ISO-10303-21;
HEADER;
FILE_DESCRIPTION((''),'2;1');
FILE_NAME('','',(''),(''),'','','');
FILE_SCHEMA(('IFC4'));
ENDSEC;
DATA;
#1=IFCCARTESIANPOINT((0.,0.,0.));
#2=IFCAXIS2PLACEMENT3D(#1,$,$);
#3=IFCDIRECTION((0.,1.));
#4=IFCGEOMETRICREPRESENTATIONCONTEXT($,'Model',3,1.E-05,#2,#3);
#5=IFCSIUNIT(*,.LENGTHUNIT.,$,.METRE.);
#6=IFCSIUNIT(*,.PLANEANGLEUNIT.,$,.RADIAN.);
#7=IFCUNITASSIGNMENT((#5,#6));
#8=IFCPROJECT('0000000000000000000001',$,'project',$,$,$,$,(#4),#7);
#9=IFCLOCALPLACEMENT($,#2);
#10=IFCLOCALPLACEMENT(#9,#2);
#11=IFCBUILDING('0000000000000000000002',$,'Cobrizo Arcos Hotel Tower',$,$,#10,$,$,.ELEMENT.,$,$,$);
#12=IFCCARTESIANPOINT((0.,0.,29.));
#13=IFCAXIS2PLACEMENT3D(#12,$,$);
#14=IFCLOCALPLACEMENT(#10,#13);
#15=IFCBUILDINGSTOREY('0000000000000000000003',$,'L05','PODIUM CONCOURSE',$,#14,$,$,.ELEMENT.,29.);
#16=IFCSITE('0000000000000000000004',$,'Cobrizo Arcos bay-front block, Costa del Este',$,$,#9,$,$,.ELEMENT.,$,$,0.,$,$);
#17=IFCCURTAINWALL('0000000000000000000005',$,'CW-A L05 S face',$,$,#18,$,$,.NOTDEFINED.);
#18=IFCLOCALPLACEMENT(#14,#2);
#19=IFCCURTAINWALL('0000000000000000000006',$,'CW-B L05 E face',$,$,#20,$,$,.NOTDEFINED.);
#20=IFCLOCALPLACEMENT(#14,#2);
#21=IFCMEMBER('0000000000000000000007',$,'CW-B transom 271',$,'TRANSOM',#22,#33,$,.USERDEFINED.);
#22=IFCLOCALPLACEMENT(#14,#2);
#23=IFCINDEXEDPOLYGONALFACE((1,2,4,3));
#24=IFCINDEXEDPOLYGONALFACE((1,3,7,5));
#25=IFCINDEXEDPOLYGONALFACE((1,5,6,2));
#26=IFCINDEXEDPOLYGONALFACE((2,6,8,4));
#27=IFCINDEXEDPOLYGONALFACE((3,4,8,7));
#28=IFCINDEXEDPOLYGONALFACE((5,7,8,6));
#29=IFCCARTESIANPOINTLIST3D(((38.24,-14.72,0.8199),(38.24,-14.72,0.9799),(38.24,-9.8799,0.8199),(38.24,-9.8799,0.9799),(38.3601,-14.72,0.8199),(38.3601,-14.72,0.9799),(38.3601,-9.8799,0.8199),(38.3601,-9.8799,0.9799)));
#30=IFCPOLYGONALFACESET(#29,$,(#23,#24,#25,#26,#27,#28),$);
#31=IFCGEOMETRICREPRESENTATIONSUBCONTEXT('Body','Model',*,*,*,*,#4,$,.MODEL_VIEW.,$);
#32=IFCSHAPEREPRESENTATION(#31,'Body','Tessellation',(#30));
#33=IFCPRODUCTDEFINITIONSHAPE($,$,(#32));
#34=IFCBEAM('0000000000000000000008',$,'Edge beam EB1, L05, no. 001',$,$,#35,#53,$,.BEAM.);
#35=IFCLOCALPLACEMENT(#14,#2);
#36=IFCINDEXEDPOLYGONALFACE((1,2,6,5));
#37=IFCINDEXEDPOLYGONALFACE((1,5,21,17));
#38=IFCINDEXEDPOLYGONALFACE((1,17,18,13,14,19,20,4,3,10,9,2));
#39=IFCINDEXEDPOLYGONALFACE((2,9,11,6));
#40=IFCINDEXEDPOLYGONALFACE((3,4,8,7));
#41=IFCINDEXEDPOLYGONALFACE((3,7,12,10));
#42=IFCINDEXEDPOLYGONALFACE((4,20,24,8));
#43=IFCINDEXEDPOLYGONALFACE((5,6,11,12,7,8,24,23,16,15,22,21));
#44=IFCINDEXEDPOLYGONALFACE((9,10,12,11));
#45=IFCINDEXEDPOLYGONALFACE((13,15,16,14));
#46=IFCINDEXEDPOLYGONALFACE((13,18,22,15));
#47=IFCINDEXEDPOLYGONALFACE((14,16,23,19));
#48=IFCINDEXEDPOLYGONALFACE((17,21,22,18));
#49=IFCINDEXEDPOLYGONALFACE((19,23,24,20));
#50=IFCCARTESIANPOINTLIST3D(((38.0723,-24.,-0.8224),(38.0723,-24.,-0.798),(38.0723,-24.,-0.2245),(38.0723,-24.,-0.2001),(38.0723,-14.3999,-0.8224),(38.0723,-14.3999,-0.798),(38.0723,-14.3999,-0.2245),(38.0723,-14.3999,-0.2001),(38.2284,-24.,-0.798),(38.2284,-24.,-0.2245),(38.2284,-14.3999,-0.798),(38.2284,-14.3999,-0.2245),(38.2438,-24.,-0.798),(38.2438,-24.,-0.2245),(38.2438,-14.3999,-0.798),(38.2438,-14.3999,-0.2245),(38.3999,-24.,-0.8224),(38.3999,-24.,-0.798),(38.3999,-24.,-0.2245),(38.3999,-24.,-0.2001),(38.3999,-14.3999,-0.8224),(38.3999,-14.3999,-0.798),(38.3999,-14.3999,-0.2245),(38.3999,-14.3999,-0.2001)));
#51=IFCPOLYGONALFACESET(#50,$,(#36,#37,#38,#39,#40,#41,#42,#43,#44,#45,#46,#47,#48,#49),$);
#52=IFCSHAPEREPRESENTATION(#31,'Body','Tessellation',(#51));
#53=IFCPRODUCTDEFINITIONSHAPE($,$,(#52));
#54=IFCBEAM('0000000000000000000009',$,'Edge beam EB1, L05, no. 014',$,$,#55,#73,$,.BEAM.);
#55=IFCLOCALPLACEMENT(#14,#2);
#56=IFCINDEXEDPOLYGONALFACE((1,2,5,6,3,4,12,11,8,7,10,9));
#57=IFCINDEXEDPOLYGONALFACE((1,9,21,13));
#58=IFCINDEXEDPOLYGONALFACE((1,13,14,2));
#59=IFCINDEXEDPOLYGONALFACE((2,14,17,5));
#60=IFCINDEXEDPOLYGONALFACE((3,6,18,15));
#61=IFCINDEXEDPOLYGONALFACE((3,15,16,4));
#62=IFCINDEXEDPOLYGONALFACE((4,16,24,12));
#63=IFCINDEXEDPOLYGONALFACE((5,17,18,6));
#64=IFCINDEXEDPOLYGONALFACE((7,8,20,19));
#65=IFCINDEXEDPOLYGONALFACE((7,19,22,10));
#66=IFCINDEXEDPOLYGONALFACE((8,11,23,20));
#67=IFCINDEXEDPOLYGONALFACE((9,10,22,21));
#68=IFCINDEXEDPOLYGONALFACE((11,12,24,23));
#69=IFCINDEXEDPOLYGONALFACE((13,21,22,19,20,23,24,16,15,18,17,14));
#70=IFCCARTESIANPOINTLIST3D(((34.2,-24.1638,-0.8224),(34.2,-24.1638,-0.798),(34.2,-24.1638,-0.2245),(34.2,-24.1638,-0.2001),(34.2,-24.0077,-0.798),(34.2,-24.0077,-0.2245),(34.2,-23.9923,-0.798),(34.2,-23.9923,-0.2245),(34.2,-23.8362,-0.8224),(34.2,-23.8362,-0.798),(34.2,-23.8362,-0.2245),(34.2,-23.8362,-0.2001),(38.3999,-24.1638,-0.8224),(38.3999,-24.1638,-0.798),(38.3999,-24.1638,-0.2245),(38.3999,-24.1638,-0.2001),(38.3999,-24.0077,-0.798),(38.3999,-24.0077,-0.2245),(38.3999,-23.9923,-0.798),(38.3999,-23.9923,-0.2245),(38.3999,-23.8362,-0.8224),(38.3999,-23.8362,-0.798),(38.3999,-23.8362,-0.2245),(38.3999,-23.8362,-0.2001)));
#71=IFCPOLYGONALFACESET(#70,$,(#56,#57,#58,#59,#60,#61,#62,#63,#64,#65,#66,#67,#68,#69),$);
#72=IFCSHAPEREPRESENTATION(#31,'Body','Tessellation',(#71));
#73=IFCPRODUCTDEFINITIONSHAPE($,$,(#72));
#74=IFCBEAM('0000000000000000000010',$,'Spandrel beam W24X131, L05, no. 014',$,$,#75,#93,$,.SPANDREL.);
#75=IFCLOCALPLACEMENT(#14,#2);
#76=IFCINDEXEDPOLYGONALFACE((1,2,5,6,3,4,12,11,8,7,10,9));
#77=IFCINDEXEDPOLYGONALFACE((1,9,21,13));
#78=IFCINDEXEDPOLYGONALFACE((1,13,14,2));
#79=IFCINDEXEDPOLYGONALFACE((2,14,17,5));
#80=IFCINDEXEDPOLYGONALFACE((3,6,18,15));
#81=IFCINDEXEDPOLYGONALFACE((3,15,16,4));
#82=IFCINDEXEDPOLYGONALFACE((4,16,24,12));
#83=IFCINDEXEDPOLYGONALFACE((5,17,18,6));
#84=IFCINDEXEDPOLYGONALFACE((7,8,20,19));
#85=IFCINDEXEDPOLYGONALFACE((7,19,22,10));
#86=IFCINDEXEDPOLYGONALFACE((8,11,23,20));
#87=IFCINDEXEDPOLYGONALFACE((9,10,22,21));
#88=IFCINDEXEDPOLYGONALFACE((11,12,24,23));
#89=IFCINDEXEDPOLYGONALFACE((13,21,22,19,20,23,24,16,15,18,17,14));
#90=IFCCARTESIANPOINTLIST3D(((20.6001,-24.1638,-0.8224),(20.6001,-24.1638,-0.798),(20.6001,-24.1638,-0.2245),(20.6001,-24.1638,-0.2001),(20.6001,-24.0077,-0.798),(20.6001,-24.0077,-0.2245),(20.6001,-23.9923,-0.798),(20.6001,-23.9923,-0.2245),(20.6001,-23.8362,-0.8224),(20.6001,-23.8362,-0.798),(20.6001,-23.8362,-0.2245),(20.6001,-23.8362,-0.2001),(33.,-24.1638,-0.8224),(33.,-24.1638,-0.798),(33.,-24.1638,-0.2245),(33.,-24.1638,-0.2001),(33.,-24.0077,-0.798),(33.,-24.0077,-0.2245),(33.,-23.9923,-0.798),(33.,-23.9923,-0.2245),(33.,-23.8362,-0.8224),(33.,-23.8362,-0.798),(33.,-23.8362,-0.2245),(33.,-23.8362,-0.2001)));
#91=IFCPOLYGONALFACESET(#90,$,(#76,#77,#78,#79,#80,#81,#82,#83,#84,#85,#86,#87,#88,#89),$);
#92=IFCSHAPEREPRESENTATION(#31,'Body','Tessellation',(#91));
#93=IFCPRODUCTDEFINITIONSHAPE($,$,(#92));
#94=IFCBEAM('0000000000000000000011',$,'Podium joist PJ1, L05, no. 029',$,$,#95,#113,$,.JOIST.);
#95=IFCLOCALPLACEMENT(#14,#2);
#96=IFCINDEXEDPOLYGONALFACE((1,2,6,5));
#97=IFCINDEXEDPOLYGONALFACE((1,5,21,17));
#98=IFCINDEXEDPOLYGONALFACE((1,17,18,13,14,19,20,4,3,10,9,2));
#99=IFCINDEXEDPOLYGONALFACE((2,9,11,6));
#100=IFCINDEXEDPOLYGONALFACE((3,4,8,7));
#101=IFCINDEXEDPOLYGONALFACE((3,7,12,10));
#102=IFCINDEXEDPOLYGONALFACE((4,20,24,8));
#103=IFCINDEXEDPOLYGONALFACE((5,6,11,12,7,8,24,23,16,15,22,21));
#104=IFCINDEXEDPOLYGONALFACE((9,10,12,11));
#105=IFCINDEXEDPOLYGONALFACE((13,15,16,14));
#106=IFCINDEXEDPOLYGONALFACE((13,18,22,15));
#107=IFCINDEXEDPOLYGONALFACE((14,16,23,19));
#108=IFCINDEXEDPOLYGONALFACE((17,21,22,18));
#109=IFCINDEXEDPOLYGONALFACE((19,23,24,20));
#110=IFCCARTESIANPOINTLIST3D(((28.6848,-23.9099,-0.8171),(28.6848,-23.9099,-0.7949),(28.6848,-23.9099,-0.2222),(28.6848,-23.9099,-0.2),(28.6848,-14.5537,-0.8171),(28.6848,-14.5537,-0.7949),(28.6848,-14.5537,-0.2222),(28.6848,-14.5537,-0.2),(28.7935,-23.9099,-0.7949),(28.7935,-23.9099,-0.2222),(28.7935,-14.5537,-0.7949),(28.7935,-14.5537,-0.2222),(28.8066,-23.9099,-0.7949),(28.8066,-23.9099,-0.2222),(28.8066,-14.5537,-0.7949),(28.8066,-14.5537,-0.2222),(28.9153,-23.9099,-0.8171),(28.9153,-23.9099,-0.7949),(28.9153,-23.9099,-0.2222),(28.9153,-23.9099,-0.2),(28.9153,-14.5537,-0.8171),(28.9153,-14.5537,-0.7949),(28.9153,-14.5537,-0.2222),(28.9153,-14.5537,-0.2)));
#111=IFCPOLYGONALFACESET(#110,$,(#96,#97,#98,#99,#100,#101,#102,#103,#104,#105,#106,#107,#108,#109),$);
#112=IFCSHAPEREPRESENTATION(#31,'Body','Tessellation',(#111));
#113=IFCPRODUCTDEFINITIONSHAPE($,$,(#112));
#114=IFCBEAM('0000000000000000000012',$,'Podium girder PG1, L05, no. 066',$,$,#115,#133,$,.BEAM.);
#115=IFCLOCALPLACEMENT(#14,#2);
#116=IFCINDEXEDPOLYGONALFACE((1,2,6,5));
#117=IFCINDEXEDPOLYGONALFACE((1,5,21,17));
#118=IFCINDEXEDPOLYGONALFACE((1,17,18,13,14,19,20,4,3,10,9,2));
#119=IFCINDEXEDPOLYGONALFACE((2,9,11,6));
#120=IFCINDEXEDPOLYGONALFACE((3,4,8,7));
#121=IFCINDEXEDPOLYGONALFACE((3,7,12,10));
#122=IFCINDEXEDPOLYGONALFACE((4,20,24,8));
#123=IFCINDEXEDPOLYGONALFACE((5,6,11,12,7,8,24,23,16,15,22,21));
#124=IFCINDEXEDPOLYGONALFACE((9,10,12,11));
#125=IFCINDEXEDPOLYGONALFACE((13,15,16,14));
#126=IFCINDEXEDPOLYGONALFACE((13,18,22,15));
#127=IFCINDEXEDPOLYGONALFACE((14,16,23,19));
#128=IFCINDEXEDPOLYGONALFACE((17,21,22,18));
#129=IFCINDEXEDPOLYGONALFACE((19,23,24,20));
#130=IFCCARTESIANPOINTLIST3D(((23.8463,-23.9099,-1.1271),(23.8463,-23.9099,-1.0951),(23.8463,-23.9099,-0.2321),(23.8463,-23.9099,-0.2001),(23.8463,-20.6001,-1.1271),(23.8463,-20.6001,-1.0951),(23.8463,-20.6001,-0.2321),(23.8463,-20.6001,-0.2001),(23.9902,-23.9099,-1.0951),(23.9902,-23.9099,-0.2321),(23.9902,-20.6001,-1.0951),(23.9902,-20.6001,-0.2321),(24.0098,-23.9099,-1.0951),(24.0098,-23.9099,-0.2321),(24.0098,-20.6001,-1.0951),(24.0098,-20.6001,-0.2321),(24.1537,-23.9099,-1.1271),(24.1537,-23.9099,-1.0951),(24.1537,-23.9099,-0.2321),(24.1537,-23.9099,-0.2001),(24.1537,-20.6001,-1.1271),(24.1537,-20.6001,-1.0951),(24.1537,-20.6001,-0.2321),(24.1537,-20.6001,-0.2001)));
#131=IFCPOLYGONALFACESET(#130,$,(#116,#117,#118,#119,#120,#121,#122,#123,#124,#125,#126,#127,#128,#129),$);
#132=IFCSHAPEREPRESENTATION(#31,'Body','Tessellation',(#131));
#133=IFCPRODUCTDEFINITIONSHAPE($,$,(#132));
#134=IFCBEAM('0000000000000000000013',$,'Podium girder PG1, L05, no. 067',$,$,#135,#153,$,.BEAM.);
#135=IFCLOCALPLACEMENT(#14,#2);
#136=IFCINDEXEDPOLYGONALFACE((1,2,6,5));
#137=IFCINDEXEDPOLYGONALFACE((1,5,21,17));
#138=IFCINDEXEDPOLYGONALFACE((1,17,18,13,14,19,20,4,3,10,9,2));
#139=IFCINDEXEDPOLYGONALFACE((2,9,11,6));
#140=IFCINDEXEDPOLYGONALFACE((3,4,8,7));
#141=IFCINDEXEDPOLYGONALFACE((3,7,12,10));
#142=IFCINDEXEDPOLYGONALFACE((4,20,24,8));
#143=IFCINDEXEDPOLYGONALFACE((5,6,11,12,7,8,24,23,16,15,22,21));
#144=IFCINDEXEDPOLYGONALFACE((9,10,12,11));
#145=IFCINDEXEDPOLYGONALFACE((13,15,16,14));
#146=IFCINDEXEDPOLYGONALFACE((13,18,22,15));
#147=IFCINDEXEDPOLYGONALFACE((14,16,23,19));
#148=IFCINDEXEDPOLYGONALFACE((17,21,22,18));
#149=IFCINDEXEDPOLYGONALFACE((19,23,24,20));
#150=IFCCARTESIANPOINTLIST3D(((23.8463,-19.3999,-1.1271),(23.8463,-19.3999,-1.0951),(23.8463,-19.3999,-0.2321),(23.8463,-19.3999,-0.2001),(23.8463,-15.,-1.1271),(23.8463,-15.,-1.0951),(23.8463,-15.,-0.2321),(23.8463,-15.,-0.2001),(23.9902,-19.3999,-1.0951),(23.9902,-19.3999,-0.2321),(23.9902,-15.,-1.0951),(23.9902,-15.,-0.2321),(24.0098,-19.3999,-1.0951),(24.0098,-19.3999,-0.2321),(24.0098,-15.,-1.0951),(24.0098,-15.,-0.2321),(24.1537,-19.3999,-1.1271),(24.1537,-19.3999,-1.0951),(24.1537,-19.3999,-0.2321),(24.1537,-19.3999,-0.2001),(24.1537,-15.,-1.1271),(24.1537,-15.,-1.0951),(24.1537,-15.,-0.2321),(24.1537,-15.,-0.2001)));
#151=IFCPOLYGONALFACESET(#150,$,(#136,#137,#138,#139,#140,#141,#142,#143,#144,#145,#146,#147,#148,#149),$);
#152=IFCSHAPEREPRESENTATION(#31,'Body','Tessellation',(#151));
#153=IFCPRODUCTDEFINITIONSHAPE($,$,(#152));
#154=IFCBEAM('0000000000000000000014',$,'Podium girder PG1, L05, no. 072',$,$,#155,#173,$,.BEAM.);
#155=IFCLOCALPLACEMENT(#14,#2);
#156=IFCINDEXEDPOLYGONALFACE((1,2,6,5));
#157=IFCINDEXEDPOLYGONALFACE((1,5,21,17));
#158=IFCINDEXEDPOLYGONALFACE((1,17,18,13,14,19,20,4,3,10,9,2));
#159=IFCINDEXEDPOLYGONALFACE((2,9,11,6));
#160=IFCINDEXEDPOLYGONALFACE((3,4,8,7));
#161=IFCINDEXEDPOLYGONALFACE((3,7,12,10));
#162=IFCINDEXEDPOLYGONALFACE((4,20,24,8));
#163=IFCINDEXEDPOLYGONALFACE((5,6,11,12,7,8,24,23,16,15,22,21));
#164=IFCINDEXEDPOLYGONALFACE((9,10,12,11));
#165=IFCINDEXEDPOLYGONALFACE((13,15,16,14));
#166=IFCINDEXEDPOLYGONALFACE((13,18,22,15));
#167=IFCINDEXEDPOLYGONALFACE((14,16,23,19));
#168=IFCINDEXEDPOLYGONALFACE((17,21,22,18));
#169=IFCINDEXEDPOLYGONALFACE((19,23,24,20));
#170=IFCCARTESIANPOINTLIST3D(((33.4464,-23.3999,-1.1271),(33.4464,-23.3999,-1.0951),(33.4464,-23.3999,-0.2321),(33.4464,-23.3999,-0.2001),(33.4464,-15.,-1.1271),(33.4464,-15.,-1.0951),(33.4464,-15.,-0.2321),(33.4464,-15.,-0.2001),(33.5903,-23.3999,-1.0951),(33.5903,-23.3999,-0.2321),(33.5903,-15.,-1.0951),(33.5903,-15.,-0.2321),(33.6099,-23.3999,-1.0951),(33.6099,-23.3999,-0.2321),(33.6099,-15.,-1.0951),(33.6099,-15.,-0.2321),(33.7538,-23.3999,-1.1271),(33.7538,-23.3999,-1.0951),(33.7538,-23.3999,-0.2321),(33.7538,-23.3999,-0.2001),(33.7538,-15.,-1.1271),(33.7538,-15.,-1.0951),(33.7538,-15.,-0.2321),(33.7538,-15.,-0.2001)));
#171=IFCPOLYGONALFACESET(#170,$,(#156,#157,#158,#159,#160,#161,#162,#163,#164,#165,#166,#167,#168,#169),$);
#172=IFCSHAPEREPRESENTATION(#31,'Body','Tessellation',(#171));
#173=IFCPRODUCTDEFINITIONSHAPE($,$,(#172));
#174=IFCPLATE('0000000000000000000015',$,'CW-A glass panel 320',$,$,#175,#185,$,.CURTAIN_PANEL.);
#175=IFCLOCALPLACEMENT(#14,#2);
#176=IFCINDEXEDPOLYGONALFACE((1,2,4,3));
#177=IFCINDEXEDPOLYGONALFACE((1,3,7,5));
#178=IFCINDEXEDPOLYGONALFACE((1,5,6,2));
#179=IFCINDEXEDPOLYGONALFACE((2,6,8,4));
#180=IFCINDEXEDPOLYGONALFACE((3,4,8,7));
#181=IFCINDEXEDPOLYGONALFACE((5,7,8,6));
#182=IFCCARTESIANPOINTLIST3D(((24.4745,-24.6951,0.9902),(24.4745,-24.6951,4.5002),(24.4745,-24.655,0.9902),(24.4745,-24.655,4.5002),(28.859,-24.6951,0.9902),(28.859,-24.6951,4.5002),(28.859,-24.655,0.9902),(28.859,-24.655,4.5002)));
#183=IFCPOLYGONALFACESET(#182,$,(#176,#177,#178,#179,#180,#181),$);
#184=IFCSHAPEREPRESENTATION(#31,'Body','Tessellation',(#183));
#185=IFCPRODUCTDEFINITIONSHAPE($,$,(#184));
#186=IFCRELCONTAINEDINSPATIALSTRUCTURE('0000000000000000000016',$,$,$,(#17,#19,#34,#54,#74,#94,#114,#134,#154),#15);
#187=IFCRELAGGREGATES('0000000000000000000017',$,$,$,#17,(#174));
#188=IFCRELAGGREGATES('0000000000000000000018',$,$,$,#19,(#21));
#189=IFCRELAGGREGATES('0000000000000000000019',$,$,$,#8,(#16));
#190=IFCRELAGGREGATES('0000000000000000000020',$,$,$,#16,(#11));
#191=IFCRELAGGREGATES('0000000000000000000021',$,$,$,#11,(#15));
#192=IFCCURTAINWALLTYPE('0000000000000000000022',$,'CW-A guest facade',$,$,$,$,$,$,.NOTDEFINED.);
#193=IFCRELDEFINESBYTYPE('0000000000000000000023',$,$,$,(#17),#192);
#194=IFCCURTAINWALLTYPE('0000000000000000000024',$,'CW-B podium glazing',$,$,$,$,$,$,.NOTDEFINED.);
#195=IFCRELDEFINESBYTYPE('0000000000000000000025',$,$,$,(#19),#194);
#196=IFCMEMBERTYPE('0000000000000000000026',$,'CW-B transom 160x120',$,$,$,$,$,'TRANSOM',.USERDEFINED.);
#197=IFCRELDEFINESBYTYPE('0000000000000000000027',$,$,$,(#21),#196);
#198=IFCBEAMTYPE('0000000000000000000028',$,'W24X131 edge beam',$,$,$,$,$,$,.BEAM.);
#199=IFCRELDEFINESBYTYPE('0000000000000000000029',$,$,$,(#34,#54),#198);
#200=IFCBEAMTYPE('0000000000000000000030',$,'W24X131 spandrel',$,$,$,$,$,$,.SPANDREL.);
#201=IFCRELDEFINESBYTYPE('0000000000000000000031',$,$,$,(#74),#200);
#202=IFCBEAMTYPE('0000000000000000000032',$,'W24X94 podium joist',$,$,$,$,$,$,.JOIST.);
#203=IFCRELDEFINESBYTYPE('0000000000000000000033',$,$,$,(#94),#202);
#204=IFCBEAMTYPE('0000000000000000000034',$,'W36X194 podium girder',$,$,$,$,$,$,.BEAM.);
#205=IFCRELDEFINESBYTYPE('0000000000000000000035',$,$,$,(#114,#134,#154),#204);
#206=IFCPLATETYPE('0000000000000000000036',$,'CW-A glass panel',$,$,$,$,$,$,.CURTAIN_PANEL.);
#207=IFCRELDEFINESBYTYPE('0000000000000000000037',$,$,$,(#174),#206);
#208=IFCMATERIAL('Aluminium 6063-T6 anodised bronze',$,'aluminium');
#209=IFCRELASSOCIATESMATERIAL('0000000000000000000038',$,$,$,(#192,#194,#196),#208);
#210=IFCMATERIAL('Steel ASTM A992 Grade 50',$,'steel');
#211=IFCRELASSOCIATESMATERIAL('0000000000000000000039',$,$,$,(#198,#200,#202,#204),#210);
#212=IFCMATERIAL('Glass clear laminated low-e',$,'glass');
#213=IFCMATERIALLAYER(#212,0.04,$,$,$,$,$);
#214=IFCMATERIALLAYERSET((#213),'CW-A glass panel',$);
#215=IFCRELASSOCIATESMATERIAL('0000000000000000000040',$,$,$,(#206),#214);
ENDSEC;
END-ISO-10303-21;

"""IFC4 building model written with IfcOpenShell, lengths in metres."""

from ifc_helpers import new_model, si_unit, direction, frame, origin, origin_2d, place, context, subcontext, project, spatial, rectangle, i_section, extrude, material, layer, layer_set, material_profile, profile_set, type_object, element, aggregate, save


model = new_model("IFC4")

# Units and contexts
model_context = context("Model", 3, precision=1e-05, world=origin(), true_north=direction((0.0, 1.0)))
body_context = subcontext(model_context, "Body", "Model", "MODEL_VIEW")
ifc_project = project(units=[si_unit("LENGTHUNIT", "METRE"), si_unit("PLANEANGLEUNIT", "RADIAN")], contexts=[model_context])

# Site, building, storey
site_placement = place(None, origin())
site = spatial("IfcSite", under=ifc_project, at=site_placement, Name="Cobrizo Arcos bay-front block, Costa del Este", CompositionType="ELEMENT", RefElevation=0.0)
building_placement = place(site_placement, origin())
building = spatial("IfcBuilding", under=site, at=building_placement, Name="Cobrizo Arcos Hotel Tower", CompositionType="ELEMENT")
storey_placement = place(building_placement, frame((0.0, 0.0, 29.0)))
storey = spatial("IfcBuildingStorey", under=building, at=storey_placement, Name="L05", Description="PODIUM CONCOURSE", CompositionType="ELEMENT", Elevation=29.0)

# Curtain walls, member
ifc_material_1 = material(Name="Aluminium 6063-T6 anodised bronze", Category="aluminium")
curtain_wall_type_1 = type_object("IfcCurtainWallType", Name="CW-A guest facade", PredefinedType="NOTDEFINED", material=ifc_material_1)
curtain_wall_1_placement = place(storey_placement, origin())
curtain_wall_1 = element("IfcCurtainWall", 1, at=curtain_wall_1_placement, inside=storey, type_object=curtain_wall_type_1, Name="CW-A L05 S face", PredefinedType="NOTDEFINED")
curtain_wall_type_2 = type_object("IfcCurtainWallType", Name="CW-B podium glazing", PredefinedType="NOTDEFINED", material=ifc_material_1)
curtain_wall_2_placement = place(storey_placement, origin())
curtain_wall_2 = element("IfcCurtainWall", 2, at=curtain_wall_2_placement, inside=storey, type_object=curtain_wall_type_2, Name="CW-B L05 E face", PredefinedType="NOTDEFINED")
ifc_material_profile_1 = material_profile(ifc_material_1, rectangle(XDim=0.1201, YDim=0.1599, at=origin_2d()), Name="CW-B transom 160x120")
ifc_profile_set_1 = profile_set([ifc_material_profile_1], Name="Aluminium 6063-T6 anodised bronze")
member_type_1 = type_object("IfcMemberType", Name="CW-B transom 160x120", ElementType="TRANSOM", PredefinedType="USERDEFINED", material=ifc_profile_set_1)
member_1_placement = place(storey_placement, frame((38.3, -14.72, 0.8999), z_axis=(0.0, 1.0, 0.0), x_axis=(-1.0, 0.0, 0.0)))
member_1 = element("IfcMember", 3, at=member_1_placement, type_object=member_type_1, Name="CW-B transom 271", ObjectType="TRANSOM", PredefinedType="USERDEFINED", context=body_context, shape_type="SweptSolid", body=[
    extrude(rectangle(XDim=0.1201, YDim=0.1599, at=origin_2d()), origin(), (0.0, 0.0, 1.0), 4.8401),
])

# Beams
ifc_material_2 = material(Name="Steel ASTM A992 Grade 50", Category="steel")
ifc_material_profile_2 = material_profile(ifc_material_2, i_section(OverallWidth=0.3276, OverallDepth=0.6223, WebThickness=0.0154, FlangeThickness=0.0244, at=origin_2d()), Name="W24X131")
ifc_profile_set_2 = profile_set([ifc_material_profile_2], Name="Steel ASTM A992 Grade 50")
beam_type_1 = type_object("IfcBeamType", Name="W24X131 edge beam", PredefinedType="BEAM", material=ifc_profile_set_2)
beam_1_placement = place(storey_placement, frame((38.2361, -24.0, -0.5112), z_axis=(0.0, 1.0, 0.0), x_axis=(-1.0, 0.0, 0.0)))
element("IfcBeam", 4, at=beam_1_placement, inside=storey, type_object=beam_type_1, Name="Edge beam EB1, L05, no. 001", PredefinedType="BEAM", context=body_context, shape_type="SweptSolid", body=[
    extrude(i_section(OverallWidth=0.3276, OverallDepth=0.6223, WebThickness=0.0154, FlangeThickness=0.0244, at=origin_2d()), origin(), (0.0, 0.0, 1.0), 9.6001),
])
beam_2_placement = place(storey_placement, frame((34.2, -24.0, -0.5112), z_axis=(1.0, 0.0, 0.0), x_axis=(0.0, 1.0, 0.0)))
element("IfcBeam", 5, at=beam_2_placement, inside=storey, type_object=beam_type_1, Name="Edge beam EB1, L05, no. 014", PredefinedType="BEAM", context=body_context, shape_type="SweptSolid", body=[
    extrude(i_section(OverallWidth=0.3276, OverallDepth=0.6223, WebThickness=0.0154, FlangeThickness=0.0244, at=origin_2d()), origin(), (0.0, 0.0, 1.0), 4.2),
])
ifc_material_profile_3 = material_profile(ifc_material_2, i_section(OverallWidth=0.3276, OverallDepth=0.6223, WebThickness=0.0154, FlangeThickness=0.0244, at=origin_2d()), Name="W24X131")
ifc_profile_set_3 = profile_set([ifc_material_profile_3], Name="Steel ASTM A992 Grade 50")
beam_type_2 = type_object("IfcBeamType", Name="W24X131 spandrel", PredefinedType="SPANDREL", material=ifc_profile_set_3)
beam_3_placement = place(storey_placement, frame((20.6001, -24.0, -0.5112), z_axis=(1.0, 0.0, 0.0), x_axis=(0.0, 1.0, 0.0)))
element("IfcBeam", 6, at=beam_3_placement, inside=storey, type_object=beam_type_2, Name="Spandrel beam W24X131, L05, no. 014", PredefinedType="SPANDREL", context=body_context, shape_type="SweptSolid", body=[
    extrude(i_section(OverallWidth=0.3276, OverallDepth=0.6223, WebThickness=0.0154, FlangeThickness=0.0244, at=origin_2d()), origin(), (0.0, 0.0, 1.0), 12.3999),
])
ifc_material_profile_4 = material_profile(ifc_material_2, i_section(OverallWidth=0.2305, OverallDepth=0.6172, WebThickness=0.0132, FlangeThickness=0.0222, at=origin_2d()), Name="W24X94")
ifc_profile_set_4 = profile_set([ifc_material_profile_4], Name="Steel ASTM A992 Grade 50")
beam_type_3 = type_object("IfcBeamType", Name="W24X94 podium joist", PredefinedType="JOIST", material=ifc_profile_set_4)
beam_4_placement = place(storey_placement, frame((28.8, -23.9099, -0.5085), z_axis=(0.0, 1.0, 0.0), x_axis=(-1.0, 0.0, 0.0)))
element("IfcBeam", 7, at=beam_4_placement, inside=storey, type_object=beam_type_3, Name="Podium joist PJ1, L05, no. 029", PredefinedType="JOIST", context=body_context, shape_type="SweptSolid", body=[
    extrude(i_section(OverallWidth=0.2305, OverallDepth=0.6172, WebThickness=0.0132, FlangeThickness=0.0222, at=origin_2d()), origin(), (0.0, 0.0, 1.0), 9.3562),
])
ifc_material_profile_5 = material_profile(ifc_material_2, i_section(OverallWidth=0.3074, OverallDepth=0.927, WebThickness=0.0195, FlangeThickness=0.032, at=origin_2d()), Name="W36X194")
ifc_profile_set_5 = profile_set([ifc_material_profile_5], Name="Steel ASTM A992 Grade 50")
beam_type_4 = type_object("IfcBeamType", Name="W36X194 podium girder", PredefinedType="BEAM", material=ifc_profile_set_5)
beam_5_placement = place(storey_placement, frame((24.0, -23.9099, -0.6636), z_axis=(0.0, 1.0, 0.0), x_axis=(-1.0, 0.0, 0.0)))
element("IfcBeam", 8, at=beam_5_placement, inside=storey, type_object=beam_type_4, Name="Podium girder PG1, L05, no. 066", PredefinedType="BEAM", context=body_context, shape_type="SweptSolid", body=[
    extrude(i_section(OverallWidth=0.3074, OverallDepth=0.927, WebThickness=0.0195, FlangeThickness=0.032, at=origin_2d()), origin(), (0.0, 0.0, 1.0), 3.3098),
])
beam_6_placement = place(storey_placement, frame((24.0, -19.3999, -0.6636), z_axis=(0.0, 1.0, 0.0), x_axis=(-1.0, 0.0, 0.0)))
element("IfcBeam", 9, at=beam_6_placement, inside=storey, type_object=beam_type_4, Name="Podium girder PG1, L05, no. 067", PredefinedType="BEAM", context=body_context, shape_type="SweptSolid", body=[
    extrude(i_section(OverallWidth=0.3074, OverallDepth=0.927, WebThickness=0.0195, FlangeThickness=0.032, at=origin_2d()), origin(), (0.0, 0.0, 1.0), 4.3999),
])
beam_7_placement = place(storey_placement, frame((33.6001, -23.3999, -0.6636), z_axis=(0.0, 1.0, 0.0), x_axis=(-1.0, 0.0, 0.0)))
element("IfcBeam", 10, at=beam_7_placement, inside=storey, type_object=beam_type_4, Name="Podium girder PG1, L05, no. 072", PredefinedType="BEAM", context=body_context, shape_type="SweptSolid", body=[
    extrude(i_section(OverallWidth=0.3074, OverallDepth=0.927, WebThickness=0.0195, FlangeThickness=0.032, at=origin_2d()), origin(), (0.0, 0.0, 1.0), 8.3999),
])

# Plate
ifc_material_3 = material(Name="Glass clear laminated low-e", Category="glass")
ifc_layer_1 = layer(ifc_material_3, 0.04)
ifc_layer_set_1 = layer_set([ifc_layer_1], Name="CW-A glass panel")
plate_type_1 = type_object("IfcPlateType", Name="CW-A glass panel", PredefinedType="CURTAIN_PANEL", material=ifc_layer_set_1)
plate_1_placement = place(storey_placement, frame((26.6667, -24.675, 0.9902), z_axis=(0.0, 0.0, 1.0), x_axis=(1.0, 0.0, 0.0)))
plate_1 = element("IfcPlate", 11, at=plate_1_placement, type_object=plate_type_1, Name="CW-A glass panel 320", PredefinedType="CURTAIN_PANEL", context=body_context, shape_type="SweptSolid", body=[
    extrude(rectangle(XDim=4.3845, YDim=0.04, at=origin_2d()), origin(), (0.0, 0.0, 1.0), 3.51),
])
aggregate(curtain_wall_1, [plate_1])
aggregate(curtain_wall_2, [member_1])

save(model, "model.ifc")
